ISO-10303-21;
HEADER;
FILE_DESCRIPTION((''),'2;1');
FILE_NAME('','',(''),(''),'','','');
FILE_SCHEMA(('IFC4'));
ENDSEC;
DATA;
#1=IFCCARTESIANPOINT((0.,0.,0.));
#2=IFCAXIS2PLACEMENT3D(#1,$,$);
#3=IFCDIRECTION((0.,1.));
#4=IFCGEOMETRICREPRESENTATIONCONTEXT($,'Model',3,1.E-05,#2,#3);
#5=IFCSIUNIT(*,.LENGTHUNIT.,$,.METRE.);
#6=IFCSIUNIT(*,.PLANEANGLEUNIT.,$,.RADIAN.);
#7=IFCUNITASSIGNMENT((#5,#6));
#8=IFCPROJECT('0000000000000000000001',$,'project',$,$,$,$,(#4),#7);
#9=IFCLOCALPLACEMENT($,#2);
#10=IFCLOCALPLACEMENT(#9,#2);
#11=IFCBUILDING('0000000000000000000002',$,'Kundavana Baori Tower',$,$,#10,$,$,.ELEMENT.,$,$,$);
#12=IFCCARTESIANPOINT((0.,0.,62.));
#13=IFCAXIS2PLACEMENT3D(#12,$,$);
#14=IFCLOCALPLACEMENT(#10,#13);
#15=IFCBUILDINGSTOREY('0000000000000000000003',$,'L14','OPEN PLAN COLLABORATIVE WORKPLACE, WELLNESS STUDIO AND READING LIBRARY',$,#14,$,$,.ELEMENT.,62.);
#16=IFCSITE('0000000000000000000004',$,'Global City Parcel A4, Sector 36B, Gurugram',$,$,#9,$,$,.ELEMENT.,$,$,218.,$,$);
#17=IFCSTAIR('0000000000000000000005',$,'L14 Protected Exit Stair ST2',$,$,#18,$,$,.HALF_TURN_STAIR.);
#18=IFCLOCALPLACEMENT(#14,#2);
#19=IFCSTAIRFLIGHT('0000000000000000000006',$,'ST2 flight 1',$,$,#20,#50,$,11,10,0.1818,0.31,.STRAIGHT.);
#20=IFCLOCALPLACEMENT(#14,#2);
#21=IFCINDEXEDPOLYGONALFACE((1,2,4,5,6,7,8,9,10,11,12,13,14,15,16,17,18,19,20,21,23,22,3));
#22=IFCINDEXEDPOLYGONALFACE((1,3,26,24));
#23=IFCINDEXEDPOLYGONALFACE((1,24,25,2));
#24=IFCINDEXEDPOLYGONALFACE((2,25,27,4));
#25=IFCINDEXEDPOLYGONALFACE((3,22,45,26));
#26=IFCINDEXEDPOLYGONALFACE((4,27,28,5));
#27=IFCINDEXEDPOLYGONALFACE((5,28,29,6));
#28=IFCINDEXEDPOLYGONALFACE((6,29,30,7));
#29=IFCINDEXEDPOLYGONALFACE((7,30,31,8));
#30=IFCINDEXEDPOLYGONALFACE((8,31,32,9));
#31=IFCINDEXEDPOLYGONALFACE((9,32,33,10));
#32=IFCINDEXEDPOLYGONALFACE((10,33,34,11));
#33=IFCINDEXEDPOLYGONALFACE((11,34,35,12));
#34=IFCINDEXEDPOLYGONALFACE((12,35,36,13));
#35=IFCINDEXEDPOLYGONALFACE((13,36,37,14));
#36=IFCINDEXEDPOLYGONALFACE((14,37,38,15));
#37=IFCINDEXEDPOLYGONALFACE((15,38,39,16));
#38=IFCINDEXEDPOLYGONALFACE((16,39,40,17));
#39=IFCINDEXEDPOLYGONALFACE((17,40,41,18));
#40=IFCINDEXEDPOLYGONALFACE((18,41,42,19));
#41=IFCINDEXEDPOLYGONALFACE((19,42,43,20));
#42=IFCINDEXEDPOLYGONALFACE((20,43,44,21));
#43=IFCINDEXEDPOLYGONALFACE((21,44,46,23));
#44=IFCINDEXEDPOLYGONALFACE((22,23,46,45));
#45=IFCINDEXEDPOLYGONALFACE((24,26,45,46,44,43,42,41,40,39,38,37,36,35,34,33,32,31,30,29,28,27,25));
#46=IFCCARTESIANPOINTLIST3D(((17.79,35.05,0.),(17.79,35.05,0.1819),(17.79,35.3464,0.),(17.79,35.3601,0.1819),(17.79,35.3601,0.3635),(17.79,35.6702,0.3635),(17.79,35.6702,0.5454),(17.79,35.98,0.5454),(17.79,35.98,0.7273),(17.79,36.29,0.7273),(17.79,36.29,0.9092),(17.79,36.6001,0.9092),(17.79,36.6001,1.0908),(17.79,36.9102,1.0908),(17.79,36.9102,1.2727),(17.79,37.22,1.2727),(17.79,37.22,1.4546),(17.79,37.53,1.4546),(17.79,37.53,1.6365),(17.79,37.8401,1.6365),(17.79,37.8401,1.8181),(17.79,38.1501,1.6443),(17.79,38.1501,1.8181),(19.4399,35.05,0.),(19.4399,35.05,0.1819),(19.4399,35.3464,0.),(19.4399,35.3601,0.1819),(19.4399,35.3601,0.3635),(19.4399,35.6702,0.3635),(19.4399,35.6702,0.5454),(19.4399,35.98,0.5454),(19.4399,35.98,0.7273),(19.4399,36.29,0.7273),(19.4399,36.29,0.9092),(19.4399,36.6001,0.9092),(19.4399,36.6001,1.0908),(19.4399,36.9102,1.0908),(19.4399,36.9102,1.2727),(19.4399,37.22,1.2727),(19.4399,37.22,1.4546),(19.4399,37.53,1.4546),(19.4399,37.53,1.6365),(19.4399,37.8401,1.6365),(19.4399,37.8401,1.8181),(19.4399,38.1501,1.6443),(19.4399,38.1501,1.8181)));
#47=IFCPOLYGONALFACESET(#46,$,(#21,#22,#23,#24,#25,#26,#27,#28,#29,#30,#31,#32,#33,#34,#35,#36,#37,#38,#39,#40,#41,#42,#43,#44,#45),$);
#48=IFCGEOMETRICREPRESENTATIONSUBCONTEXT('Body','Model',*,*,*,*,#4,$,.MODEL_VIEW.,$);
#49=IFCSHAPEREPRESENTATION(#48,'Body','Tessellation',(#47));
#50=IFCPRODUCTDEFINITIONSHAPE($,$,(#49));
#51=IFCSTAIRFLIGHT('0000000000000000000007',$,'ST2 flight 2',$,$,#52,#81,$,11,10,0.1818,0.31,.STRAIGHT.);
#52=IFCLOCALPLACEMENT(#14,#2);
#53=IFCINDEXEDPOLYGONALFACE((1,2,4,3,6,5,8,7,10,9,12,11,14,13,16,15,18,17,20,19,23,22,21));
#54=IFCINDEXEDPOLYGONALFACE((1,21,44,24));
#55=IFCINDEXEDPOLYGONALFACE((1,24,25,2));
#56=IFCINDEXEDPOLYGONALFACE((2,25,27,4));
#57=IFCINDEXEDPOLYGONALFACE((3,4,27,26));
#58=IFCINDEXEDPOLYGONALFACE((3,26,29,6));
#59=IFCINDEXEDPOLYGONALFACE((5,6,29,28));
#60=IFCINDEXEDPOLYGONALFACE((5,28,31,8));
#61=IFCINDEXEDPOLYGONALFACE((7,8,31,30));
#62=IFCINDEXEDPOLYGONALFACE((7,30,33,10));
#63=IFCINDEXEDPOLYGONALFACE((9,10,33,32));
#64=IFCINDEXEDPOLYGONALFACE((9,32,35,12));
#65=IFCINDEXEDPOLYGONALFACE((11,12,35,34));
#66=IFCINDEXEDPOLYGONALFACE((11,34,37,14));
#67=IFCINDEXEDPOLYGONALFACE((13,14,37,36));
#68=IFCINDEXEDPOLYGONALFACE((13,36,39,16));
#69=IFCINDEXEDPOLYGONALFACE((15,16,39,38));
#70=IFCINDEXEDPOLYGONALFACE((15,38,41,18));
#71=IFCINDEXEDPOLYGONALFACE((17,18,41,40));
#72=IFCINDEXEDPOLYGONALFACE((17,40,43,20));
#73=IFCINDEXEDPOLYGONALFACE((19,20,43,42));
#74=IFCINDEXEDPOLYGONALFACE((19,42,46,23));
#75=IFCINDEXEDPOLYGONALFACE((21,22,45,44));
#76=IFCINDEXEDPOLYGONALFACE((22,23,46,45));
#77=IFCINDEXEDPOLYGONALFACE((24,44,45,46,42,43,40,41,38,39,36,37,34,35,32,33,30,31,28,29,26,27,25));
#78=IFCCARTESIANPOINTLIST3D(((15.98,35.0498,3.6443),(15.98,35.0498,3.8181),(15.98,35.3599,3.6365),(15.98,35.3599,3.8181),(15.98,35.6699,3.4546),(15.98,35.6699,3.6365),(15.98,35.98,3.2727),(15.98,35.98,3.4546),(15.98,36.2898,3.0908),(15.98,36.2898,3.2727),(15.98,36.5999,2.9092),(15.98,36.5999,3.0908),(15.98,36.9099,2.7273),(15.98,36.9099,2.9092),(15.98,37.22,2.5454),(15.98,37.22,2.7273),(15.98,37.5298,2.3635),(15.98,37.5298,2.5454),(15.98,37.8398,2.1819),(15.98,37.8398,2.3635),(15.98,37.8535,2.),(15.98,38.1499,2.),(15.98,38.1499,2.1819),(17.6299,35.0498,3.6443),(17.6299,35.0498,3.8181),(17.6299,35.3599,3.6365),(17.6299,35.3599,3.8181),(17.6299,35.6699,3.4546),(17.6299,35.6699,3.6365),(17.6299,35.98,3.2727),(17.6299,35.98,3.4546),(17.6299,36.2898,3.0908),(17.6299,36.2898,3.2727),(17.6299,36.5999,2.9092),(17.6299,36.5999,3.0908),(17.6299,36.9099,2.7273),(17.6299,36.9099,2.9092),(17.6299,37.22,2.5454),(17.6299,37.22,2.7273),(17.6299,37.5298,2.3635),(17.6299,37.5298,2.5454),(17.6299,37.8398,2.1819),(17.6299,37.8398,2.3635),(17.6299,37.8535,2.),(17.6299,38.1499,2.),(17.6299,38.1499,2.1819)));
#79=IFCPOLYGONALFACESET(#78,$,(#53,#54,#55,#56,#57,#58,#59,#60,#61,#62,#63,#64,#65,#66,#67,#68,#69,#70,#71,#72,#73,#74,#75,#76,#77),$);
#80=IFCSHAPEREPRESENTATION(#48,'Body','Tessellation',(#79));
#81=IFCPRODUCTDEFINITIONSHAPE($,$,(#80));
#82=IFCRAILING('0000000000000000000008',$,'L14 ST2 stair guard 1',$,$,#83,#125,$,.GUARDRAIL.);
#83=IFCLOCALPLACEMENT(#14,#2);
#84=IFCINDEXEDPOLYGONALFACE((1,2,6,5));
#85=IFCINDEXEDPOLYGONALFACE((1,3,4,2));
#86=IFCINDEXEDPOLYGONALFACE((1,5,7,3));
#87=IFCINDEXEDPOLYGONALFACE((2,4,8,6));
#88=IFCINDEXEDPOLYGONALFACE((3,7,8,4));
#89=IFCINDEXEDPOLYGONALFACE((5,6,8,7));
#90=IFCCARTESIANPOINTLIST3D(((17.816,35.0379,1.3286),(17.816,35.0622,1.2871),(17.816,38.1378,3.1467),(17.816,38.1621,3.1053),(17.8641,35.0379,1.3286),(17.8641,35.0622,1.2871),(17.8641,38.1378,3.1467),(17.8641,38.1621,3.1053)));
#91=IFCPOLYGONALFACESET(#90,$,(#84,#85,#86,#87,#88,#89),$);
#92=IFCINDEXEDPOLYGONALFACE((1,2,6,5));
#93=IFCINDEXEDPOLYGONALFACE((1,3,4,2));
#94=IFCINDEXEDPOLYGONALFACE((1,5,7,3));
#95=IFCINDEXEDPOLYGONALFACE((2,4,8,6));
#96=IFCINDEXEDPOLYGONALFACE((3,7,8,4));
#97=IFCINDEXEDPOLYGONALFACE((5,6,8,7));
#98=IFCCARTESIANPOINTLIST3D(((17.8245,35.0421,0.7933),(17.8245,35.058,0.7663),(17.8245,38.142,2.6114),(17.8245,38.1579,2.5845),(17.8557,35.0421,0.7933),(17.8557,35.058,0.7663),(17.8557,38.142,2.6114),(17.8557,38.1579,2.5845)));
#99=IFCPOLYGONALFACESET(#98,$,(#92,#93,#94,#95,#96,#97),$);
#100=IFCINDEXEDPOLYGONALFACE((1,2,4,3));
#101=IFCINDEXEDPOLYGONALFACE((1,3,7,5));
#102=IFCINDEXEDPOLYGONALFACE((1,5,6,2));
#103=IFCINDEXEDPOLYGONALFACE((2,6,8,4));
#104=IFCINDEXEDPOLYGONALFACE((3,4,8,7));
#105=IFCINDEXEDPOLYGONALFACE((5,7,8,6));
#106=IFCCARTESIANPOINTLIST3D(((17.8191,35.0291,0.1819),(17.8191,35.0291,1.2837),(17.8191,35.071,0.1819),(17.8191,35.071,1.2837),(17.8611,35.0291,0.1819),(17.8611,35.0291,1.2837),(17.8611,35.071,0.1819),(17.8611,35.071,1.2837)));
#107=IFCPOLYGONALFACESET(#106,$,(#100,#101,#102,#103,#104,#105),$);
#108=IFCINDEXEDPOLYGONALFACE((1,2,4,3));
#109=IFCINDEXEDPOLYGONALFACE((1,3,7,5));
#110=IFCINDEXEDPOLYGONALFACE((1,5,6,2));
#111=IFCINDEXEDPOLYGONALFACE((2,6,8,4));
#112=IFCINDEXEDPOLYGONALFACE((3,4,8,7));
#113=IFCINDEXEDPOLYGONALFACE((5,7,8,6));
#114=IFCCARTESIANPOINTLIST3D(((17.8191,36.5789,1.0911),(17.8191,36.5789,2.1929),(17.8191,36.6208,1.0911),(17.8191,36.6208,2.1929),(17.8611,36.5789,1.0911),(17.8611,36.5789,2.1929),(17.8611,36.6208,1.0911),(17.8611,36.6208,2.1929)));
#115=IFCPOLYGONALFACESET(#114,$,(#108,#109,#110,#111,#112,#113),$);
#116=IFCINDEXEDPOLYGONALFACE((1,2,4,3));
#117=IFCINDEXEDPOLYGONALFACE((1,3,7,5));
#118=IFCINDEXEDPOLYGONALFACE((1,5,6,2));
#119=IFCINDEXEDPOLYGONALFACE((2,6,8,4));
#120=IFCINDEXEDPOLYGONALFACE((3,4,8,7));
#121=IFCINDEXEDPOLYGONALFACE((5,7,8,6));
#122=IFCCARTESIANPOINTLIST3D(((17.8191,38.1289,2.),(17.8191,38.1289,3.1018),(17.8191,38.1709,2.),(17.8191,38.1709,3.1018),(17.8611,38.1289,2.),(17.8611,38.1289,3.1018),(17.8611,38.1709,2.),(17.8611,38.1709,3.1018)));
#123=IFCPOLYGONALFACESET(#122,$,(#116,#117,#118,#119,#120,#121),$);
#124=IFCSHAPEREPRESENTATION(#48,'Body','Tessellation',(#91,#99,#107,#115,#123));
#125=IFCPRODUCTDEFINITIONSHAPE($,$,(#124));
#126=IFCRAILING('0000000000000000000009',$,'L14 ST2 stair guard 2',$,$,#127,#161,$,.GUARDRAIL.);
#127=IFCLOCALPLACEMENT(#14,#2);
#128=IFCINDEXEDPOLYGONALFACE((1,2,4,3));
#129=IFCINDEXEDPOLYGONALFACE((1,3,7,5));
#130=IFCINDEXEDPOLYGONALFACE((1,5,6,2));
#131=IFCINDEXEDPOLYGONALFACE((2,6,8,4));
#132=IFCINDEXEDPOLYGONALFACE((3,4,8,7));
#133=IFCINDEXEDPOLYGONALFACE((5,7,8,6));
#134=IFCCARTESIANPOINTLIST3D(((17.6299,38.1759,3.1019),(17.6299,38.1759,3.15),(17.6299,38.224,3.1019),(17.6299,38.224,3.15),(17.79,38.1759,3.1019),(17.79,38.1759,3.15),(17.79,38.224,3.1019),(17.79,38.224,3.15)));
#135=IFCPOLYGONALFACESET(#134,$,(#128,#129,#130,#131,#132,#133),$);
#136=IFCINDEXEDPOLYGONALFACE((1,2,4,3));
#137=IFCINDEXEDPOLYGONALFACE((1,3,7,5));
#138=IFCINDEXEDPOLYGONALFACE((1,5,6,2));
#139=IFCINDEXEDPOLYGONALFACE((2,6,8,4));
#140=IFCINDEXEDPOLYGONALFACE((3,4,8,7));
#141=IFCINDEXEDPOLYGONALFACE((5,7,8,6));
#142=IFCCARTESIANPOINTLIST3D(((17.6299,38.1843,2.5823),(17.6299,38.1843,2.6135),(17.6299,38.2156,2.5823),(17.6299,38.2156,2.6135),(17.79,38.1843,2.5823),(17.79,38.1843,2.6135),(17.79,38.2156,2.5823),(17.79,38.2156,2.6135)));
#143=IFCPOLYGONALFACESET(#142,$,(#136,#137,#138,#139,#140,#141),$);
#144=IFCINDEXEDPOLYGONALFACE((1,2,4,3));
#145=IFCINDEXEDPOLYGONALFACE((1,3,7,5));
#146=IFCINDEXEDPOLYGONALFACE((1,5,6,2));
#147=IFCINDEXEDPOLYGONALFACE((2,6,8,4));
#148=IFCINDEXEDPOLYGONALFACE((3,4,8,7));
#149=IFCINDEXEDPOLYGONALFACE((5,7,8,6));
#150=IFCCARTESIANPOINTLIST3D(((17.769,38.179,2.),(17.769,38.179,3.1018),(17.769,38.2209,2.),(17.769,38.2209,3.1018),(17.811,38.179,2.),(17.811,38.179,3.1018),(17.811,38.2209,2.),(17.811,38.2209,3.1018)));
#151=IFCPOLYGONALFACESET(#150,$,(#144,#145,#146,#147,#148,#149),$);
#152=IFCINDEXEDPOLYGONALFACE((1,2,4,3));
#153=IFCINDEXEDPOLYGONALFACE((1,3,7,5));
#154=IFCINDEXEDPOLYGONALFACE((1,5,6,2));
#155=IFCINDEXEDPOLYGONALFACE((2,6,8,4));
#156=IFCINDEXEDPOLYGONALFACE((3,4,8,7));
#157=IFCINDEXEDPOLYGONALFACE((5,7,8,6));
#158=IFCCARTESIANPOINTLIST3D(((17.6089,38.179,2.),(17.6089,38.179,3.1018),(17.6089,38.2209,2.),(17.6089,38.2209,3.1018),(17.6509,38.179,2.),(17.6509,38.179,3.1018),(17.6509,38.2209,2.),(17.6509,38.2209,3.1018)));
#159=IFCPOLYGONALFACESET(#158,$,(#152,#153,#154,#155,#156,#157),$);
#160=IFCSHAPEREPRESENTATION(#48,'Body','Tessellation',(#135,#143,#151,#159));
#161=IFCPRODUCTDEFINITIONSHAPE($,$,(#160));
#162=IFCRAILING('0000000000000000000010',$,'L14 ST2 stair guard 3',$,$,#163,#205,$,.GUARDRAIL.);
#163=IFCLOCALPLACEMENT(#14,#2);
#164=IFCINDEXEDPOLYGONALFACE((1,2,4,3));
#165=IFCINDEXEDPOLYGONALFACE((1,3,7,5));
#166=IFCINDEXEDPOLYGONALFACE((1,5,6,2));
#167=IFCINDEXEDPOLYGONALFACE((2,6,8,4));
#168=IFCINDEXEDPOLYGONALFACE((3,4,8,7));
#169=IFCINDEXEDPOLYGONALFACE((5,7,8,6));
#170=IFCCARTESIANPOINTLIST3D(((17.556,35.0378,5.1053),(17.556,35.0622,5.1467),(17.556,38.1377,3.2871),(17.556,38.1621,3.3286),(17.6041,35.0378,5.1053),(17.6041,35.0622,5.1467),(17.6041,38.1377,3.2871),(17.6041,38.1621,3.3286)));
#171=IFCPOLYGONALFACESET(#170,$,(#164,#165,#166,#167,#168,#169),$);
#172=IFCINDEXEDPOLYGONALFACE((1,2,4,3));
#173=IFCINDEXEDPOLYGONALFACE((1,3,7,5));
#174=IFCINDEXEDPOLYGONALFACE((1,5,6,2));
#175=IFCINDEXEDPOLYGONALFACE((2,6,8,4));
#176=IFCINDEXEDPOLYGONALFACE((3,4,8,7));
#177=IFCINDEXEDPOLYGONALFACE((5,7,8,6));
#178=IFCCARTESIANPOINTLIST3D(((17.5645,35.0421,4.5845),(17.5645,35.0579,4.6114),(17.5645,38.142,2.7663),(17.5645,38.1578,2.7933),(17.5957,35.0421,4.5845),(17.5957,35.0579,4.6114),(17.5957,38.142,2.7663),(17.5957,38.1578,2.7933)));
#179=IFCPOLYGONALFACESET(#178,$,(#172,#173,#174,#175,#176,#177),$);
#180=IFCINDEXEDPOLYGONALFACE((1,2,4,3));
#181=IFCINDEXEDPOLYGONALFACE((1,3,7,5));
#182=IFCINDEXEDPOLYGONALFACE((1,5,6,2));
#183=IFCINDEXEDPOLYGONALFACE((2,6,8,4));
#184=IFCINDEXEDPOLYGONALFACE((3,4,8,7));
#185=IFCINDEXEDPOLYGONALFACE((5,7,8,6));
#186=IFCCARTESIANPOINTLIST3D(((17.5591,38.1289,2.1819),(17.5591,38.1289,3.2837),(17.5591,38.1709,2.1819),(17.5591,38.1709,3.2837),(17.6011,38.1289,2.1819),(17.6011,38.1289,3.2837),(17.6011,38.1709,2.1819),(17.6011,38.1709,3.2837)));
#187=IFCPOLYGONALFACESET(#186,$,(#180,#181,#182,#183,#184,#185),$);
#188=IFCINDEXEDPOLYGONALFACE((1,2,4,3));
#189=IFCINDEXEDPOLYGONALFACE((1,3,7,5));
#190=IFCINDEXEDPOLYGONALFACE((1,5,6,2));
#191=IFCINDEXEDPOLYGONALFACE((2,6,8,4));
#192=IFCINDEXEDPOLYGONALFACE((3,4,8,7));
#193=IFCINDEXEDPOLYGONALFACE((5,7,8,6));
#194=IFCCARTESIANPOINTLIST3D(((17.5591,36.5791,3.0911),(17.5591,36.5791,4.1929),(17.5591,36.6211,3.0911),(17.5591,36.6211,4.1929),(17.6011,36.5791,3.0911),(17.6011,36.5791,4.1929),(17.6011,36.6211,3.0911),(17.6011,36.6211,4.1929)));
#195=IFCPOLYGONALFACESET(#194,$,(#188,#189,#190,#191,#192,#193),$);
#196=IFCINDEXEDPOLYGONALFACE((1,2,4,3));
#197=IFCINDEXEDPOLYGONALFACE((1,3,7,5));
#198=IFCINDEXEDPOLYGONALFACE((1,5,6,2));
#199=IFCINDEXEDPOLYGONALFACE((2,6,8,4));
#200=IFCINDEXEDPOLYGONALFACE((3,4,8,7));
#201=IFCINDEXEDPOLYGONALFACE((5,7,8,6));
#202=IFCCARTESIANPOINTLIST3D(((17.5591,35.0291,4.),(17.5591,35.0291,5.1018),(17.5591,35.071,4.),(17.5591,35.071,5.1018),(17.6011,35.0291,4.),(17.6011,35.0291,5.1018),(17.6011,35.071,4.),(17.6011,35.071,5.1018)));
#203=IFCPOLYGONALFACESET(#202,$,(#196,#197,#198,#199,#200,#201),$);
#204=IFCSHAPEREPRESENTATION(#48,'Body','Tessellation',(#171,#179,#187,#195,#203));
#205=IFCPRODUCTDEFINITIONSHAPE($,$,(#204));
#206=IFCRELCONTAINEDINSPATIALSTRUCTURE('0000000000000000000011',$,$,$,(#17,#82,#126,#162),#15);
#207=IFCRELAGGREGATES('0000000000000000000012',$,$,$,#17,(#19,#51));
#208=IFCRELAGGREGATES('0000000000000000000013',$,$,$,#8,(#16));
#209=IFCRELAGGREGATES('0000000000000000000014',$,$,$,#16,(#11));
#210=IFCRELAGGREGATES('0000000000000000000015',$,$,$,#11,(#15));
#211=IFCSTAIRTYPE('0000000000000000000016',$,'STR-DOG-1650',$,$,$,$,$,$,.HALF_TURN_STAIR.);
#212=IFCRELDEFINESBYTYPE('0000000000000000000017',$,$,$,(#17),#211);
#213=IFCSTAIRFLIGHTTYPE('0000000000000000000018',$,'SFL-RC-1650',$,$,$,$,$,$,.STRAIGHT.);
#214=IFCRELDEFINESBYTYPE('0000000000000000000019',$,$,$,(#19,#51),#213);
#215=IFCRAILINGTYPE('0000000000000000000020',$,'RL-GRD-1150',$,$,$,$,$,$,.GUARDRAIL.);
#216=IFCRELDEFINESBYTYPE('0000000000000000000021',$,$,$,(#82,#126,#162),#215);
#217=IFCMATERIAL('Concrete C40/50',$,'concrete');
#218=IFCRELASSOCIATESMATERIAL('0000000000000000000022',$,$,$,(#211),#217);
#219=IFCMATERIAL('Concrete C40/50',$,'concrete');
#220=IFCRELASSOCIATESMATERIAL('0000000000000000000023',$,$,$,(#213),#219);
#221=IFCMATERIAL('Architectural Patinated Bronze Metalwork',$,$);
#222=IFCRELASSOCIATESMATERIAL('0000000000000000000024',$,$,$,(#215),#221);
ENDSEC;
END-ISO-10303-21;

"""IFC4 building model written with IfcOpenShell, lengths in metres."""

from ifc_helpers import new_model, si_unit, direction, frame, origin, origin_2d, place, context, subcontext, project, spatial, polyline, rectangle, outline, extrude, material, type_object, element, aggregate, save


model = new_model("IFC4")

# Units and contexts
model_context = context("Model", 3, precision=1e-05, world=origin(), true_north=direction((0.0, 1.0)))
body_context = subcontext(model_context, "Body", "Model", "MODEL_VIEW")
ifc_project = project(units=[si_unit("LENGTHUNIT", "METRE"), si_unit("PLANEANGLEUNIT", "RADIAN")], contexts=[model_context])

# Site, building, storey
site_placement = place(None, origin())
site = spatial("IfcSite", under=ifc_project, at=site_placement, Name="Global City Parcel A4, Sector 36B, Gurugram", CompositionType="ELEMENT", RefElevation=218.0)
building_placement = place(site_placement, origin())
building = spatial("IfcBuilding", under=site, at=building_placement, Name="Kundavana Baori Tower", CompositionType="ELEMENT")
storey_placement = place(building_placement, frame((0.0, 0.0, 62.0)))
storey = spatial("IfcBuildingStorey", under=building, at=storey_placement, Name="L14", Description="OPEN PLAN COLLABORATIVE WORKPLACE, WELLNESS STUDIO AND READING LIBRARY", CompositionType="ELEMENT", Elevation=62.0)

# Stair, stair flights
ifc_material_1 = material(Name="Concrete C40/50", Category="concrete")
stair_type = type_object("IfcStairType", Name="STR-DOG-1650", PredefinedType="HALF_TURN_STAIR", material=ifc_material_1)
stair_placement = place(storey_placement, origin())
stair = element("IfcStair", 1, at=stair_placement, inside=storey, type_object=stair_type, Name="L14 Protected Exit Stair ST2", PredefinedType="HALF_TURN_STAIR")
ifc_material_2 = material(Name="Concrete C40/50", Category="concrete")
stair_flight_type = type_object("IfcStairFlightType", Name="SFL-RC-1650", PredefinedType="STRAIGHT", material=ifc_material_2)
stair_flight_1_placement = place(storey_placement, frame((18.615, 35.05, 0.0), z_axis=(0.0, 0.0, 1.0), x_axis=(0.0, 1.0, 0.0)))
stair_flight_1 = element("IfcStairFlight", 2, at=stair_flight_1_placement, type_object=stair_flight_type, Name="ST2 flight 1", NumberOfRisers=11, NumberOfTreads=10, PredefinedType="STRAIGHT", RiserHeight=0.1818, TreadLength=0.31, context=body_context, shape_type="SweptSolid", body=[
    extrude(outline(polyline([(0.0, 0.0), (0.0, 0.1819), (0.3101, 0.1819), (0.3101, 0.3635), (0.6201, 0.3635), (0.6201, 0.5454), (0.9299, 0.5454), (0.9299, 0.7273), (1.24, 0.7273), (1.24, 0.9092), (1.55, 0.9092), (1.55, 1.0908), (1.8601, 1.0908), (1.8601, 1.2727), (2.1699, 1.2727), (2.1699, 1.4546), (2.48, 1.4546), (2.48, 1.6365), (2.79, 1.6365), (2.79, 1.8181), (3.1001, 1.8181), (3.1001, 2.0), (3.1001, 1.6443), (0.2964, 0.0), (0.0, 0.0)])), frame((0.0, 0.825, 0.0), z_axis=(0.0, -1.0, 0.0), x_axis=(1.0, 0.0, 0.0)), (0.0, 0.0, 1.0), 1.6499),
])
stair_flight_2_placement = place(storey_placement, frame((16.8049, 38.1499, 2.0), z_axis=(0.0, 0.0, 1.0), x_axis=(0.0, -1.0, 0.0)))
stair_flight_2 = element("IfcStairFlight", 3, at=stair_flight_2_placement, type_object=stair_flight_type, Name="ST2 flight 2", NumberOfRisers=11, NumberOfTreads=10, PredefinedType="STRAIGHT", RiserHeight=0.1818, TreadLength=0.31, context=body_context, shape_type="SweptSolid", body=[
    extrude(outline(polyline([(0.0, 0.0), (0.0, 0.1819), (0.3101, 0.1819), (0.3101, 0.3635), (0.6201, 0.3635), (0.6201, 0.5454), (0.9299, 0.5454), (0.9299, 0.7273), (1.24, 0.7273), (1.24, 0.9092), (1.55, 0.9092), (1.55, 1.0908), (1.8601, 1.0908), (1.8601, 1.2727), (2.1699, 1.2727), (2.1699, 1.4546), (2.48, 1.4546), (2.48, 1.6365), (2.79, 1.6365), (2.79, 1.8181), (3.1001, 1.8181), (3.1001, 2.0), (3.1001, 1.6443), (0.2964, 0.0), (0.0, 0.0)])), frame((0.0, 0.825, 0.0), z_axis=(0.0, -1.0, 0.0), x_axis=(1.0, 0.0, 0.0)), (0.0, 0.0, 1.0), 1.6499),
])
aggregate(stair, [stair_flight_1, stair_flight_2])

# Railings
ifc_material_3 = material(Name="Architectural Patinated Bronze Metalwork")
railing_type_1 = type_object("IfcRailingType", Name="RL-GRD-1150", PredefinedType="GUARDRAIL", material=ifc_material_3)
railing_1_placement = place(storey_placement, frame((17.8401, 35.05, 0.1819)))
element("IfcRailing", 4, at=railing_1_placement, inside=storey, type_object=railing_type_1, Name="L14 ST2 stair guard 1", PredefinedType="GUARDRAIL", context=body_context, shape_type="SweptSolid", body=[
    extrude(rectangle(XDim=0.0481, YDim=0.0481, at=origin_2d()), frame((0.0, 0.0, 1.126), z_axis=(0.0, 0.862581, 0.505918), x_axis=(-1.0, 0.0, 0.0)), (0.0, 0.0, 1.0), 3.5938),
    extrude(rectangle(XDim=0.0312, YDim=0.0312, at=origin_2d()), frame((0.0, 0.0, 0.5979), z_axis=(0.0, 0.862581, 0.505918), x_axis=(-1.0, 0.0, 0.0)), (0.0, 0.0, 1.0), 3.5938),
    extrude(rectangle(XDim=0.042, YDim=0.042, at=origin_2d()), origin(), (0.0, 0.0, 1.0), 1.1018),
    extrude(rectangle(XDim=0.042, YDim=0.042, at=origin_2d()), frame((0.0, 1.5498, 0.9092)), (0.0, 0.0, 1.0), 1.1018),
    extrude(rectangle(XDim=0.042, YDim=0.042, at=origin_2d()), frame((0.0, 3.0999, 1.8181)), (0.0, 0.0, 1.0), 1.1018),
])
railing_2_placement = place(storey_placement, frame((17.79, 38.2, 2.0)))
element("IfcRailing", 5, at=railing_2_placement, inside=storey, type_object=railing_type_1, Name="L14 ST2 stair guard 2", PredefinedType="GUARDRAIL", context=body_context, shape_type="SweptSolid", body=[
    extrude(rectangle(XDim=0.0481, YDim=0.0481, at=origin_2d()), frame((0.0, 0.0, 1.126), z_axis=(-1.0, 0.0, 0.0), x_axis=(0.0, -1.0, 0.0)), (0.0, 0.0, 1.0), 0.1602),
    extrude(rectangle(XDim=0.0312, YDim=0.0312, at=origin_2d()), frame((0.0, 0.0, 0.5979), z_axis=(-1.0, 0.0, 0.0), x_axis=(0.0, -1.0, 0.0)), (0.0, 0.0, 1.0), 0.1602),
    extrude(rectangle(XDim=0.042, YDim=0.042, at=origin_2d()), origin(), (0.0, 0.0, 1.0), 1.1018),
    extrude(rectangle(XDim=0.042, YDim=0.042, at=origin_2d()), frame((-0.1602, 0.0, 0.0)), (0.0, 0.0, 1.0), 1.1018),
])
railing_3_placement = place(storey_placement, frame((17.5801, 38.1499, 2.1819)))
element("IfcRailing", 6, at=railing_3_placement, inside=storey, type_object=railing_type_1, Name="L14 ST2 stair guard 3", PredefinedType="GUARDRAIL", context=body_context, shape_type="SweptSolid", body=[
    extrude(rectangle(XDim=0.0481, YDim=0.0481, at=origin_2d()), frame((0.0, 0.0, 1.126), z_axis=(0.0, -0.862581, 0.505918), x_axis=(1.0, 0.0, 0.0)), (0.0, 0.0, 1.0), 3.5938),
    extrude(rectangle(XDim=0.0312, YDim=0.0312, at=origin_2d()), frame((0.0, 0.0, 0.5979), z_axis=(0.0, -0.862581, 0.505918), x_axis=(1.0, 0.0, 0.0)), (0.0, 0.0, 1.0), 3.5938),
    extrude(rectangle(XDim=0.042, YDim=0.042, at=origin_2d()), origin(), (0.0, 0.0, 1.0), 1.1018),
    extrude(rectangle(XDim=0.042, YDim=0.042, at=origin_2d()), frame((0.0, -1.5498, 0.9092)), (0.0, 0.0, 1.0), 1.1018),
    extrude(rectangle(XDim=0.042, YDim=0.042, at=origin_2d()), frame((0.0, -3.0999, 1.8181)), (0.0, 0.0, 1.0), 1.1018),
])

save(model, "model.ifc")
